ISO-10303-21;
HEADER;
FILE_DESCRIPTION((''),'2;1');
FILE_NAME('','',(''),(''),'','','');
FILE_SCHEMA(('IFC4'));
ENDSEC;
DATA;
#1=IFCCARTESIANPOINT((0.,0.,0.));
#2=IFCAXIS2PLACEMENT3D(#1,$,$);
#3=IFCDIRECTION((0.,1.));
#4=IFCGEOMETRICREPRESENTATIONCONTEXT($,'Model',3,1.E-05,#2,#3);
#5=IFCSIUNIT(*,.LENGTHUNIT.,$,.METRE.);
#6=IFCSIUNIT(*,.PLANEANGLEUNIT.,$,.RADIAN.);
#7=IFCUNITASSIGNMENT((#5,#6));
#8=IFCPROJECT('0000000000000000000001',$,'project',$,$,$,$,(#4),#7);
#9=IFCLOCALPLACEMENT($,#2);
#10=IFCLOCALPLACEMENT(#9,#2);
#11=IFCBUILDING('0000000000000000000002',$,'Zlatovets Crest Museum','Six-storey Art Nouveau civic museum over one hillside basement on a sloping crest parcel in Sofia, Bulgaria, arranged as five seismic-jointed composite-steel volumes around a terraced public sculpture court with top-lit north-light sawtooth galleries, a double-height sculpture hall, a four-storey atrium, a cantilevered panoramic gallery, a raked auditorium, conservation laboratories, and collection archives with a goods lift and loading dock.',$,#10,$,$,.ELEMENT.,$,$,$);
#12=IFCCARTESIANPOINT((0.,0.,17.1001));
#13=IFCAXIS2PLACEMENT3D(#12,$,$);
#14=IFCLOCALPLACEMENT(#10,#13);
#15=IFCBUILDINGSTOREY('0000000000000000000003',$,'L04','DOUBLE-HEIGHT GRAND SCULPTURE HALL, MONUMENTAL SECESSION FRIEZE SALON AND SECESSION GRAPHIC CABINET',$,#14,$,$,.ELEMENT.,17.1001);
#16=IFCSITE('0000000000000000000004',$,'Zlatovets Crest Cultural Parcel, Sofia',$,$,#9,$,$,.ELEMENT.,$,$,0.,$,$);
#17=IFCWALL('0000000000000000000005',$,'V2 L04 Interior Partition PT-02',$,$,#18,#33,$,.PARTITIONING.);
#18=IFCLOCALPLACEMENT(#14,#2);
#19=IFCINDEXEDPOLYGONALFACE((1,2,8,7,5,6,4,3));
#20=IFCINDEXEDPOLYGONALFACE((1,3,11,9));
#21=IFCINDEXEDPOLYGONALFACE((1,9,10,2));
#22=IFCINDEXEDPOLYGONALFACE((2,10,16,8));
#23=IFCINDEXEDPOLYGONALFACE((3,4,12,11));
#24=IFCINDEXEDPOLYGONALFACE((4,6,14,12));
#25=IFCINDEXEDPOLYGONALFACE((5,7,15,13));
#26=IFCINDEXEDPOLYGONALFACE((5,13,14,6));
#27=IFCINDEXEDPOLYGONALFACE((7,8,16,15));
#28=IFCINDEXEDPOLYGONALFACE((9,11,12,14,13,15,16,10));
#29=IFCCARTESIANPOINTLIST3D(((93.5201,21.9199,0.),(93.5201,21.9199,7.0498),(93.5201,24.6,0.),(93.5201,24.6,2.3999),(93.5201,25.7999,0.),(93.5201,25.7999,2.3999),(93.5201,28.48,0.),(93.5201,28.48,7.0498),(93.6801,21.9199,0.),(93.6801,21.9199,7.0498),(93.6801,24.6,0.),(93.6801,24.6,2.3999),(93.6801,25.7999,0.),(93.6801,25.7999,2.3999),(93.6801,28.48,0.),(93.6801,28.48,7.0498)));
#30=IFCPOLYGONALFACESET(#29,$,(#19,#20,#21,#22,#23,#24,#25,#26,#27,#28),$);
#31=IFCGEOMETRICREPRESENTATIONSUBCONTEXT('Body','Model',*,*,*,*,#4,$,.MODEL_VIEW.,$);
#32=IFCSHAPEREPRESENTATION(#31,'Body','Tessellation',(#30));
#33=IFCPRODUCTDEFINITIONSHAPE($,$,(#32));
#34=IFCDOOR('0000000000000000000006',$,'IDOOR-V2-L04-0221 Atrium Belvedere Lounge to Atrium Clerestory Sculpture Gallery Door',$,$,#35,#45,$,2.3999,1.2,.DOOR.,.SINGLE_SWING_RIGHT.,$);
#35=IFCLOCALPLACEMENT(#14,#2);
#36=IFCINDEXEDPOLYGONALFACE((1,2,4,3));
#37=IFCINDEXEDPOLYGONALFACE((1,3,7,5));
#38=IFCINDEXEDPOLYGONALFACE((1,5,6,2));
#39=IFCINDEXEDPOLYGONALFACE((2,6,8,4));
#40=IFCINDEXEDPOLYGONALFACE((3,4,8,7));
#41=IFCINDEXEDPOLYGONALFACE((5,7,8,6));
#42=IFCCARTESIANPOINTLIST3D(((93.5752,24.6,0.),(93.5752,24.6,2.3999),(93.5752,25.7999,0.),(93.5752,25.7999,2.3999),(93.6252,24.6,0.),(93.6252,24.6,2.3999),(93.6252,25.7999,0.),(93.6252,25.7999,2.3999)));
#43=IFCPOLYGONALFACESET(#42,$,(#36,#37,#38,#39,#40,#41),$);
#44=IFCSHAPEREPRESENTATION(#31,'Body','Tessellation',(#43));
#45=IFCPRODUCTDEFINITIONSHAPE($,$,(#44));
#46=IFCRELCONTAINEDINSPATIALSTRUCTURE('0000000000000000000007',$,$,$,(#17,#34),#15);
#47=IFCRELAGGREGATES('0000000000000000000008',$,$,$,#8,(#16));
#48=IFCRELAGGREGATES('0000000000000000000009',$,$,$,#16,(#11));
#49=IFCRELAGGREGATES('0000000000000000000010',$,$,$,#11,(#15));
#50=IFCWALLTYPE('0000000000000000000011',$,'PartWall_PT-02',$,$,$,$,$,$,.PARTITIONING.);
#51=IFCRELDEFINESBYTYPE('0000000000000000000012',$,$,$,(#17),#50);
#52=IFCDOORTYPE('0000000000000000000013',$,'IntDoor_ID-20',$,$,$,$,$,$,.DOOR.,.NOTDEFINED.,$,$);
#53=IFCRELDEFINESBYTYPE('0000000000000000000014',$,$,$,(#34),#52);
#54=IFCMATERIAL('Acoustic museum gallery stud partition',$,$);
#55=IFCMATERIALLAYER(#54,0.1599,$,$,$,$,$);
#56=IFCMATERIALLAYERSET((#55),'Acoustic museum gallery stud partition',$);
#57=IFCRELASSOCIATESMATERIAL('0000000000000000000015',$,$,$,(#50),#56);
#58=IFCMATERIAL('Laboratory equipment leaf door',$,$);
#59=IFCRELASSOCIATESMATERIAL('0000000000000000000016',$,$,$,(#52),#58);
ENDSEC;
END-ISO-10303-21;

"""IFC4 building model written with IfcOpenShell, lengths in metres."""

from ifc_helpers import new_model, si_unit, direction, frame, frame_2d, origin, place, context, subcontext, project, spatial, rectangle, extrude, material, layer, layer_set, type_object, element, fill, save


model = new_model("IFC4")

# Units and contexts
model_context = context("Model", 3, precision=1e-05, world=origin(), true_north=direction((0.0, 1.0)))
body_context = subcontext(model_context, "Body", "Model", "MODEL_VIEW")
ifc_project = project(units=[si_unit("LENGTHUNIT", "METRE"), si_unit("PLANEANGLEUNIT", "RADIAN")], contexts=[model_context])

# Site, building, storey
site_placement = place(None, origin())
site = spatial("IfcSite", under=ifc_project, at=site_placement, Name="Zlatovets Crest Cultural Parcel, Sofia", CompositionType="ELEMENT", RefElevation=0.0)
building_placement = place(site_placement, origin())
building = spatial("IfcBuilding", under=site, at=building_placement, Name="Zlatovets Crest Museum", Description="Six-storey Art Nouveau civic museum over one hillside basement on a sloping crest parcel in Sofia, Bulgaria, arranged as five seismic-jointed composite-steel volumes around a terraced public sculpture court with top-lit north-light sawtooth galleries, a double-height sculpture hall, a four-storey atrium, a cantilevered panoramic gallery, a raked auditorium, conservation laboratories, and collection archives with a goods lift and loading dock.", CompositionType="ELEMENT")
storey_placement = place(building_placement, frame((0.0, 0.0, 17.1001)))
storey = spatial("IfcBuildingStorey", under=building, at=storey_placement, Name="L04", Description="DOUBLE-HEIGHT GRAND SCULPTURE HALL, MONUMENTAL SECESSION FRIEZE SALON AND SECESSION GRAPHIC CABINET", CompositionType="ELEMENT", Elevation=17.1001)

# Wall, opening, door
ifc_material_1 = material(Name="Acoustic museum gallery stud partition")
ifc_layer_1 = layer(ifc_material_1, 0.1599)
ifc_layer_set_1 = layer_set([ifc_layer_1], Name="Acoustic museum gallery stud partition")
wall_type = type_object("IfcWallType", Name="PartWall_PT-02", PredefinedType="PARTITIONING", material=ifc_layer_set_1)
wall_placement = place(storey_placement, frame((93.6001, 21.9199, 0.0), z_axis=(0.0, 0.0, 1.0), x_axis=(0.0, 1.0, 0.0)))
wall = element("IfcWall", 1, at=wall_placement, inside=storey, type_object=wall_type, Name="V2 L04 Interior Partition PT-02", PredefinedType="PARTITIONING", context=body_context, shape_type="SweptSolid", body=[
    extrude(rectangle(XDim=6.5601, YDim=0.1599, at=frame_2d((3.28, 0.0))), origin(), (0.0, 0.0, 1.0), 7.0498),
])
opening_placement = place(wall_placement, frame((2.6799, 0.0, 0.0)))
opening = element("IfcOpeningElement", 2, at=opening_placement, cuts=wall, PredefinedType="OPENING", context=body_context, shape_type="SweptSolid", body=[
    extrude(rectangle(XDim=1.2, YDim=2.3999, at=frame_2d((0.6001, 1.2))), frame((0.0, 0.0898, 0.0), z_axis=(0.0, -1.0, 0.0), x_axis=(1.0, 0.0, 0.0)), (0.0, 0.0, 1.0), 0.1799),
])
ifc_material_2 = material(Name="Laboratory equipment leaf door")
door_type = type_object("IfcDoorType", Name="IntDoor_ID-20", OperationType="NOTDEFINED", PredefinedType="DOOR", material=ifc_material_2)
door_placement = place(opening_placement, origin())
door = element("IfcDoor", 3, at=door_placement, inside=storey, type_object=door_type, Name="IDOOR-V2-L04-0221 Atrium Belvedere Lounge to Atrium Clerestory Sculpture Gallery Door", OperationType="SINGLE_SWING_RIGHT", OverallHeight=2.3999, OverallWidth=1.2, PredefinedType="DOOR", context=body_context, shape_type="SweptSolid", body=[
    extrude(rectangle(XDim=1.2, YDim=2.3999, at=frame_2d((0.6001, 1.2))), frame((0.0, 0.0249, 0.0), z_axis=(0.0, -1.0, 0.0), x_axis=(1.0, 0.0, 0.0)), (0.0, 0.0, 1.0), 0.05),
])
fill(opening, door)

save(model, "model.ifc")
